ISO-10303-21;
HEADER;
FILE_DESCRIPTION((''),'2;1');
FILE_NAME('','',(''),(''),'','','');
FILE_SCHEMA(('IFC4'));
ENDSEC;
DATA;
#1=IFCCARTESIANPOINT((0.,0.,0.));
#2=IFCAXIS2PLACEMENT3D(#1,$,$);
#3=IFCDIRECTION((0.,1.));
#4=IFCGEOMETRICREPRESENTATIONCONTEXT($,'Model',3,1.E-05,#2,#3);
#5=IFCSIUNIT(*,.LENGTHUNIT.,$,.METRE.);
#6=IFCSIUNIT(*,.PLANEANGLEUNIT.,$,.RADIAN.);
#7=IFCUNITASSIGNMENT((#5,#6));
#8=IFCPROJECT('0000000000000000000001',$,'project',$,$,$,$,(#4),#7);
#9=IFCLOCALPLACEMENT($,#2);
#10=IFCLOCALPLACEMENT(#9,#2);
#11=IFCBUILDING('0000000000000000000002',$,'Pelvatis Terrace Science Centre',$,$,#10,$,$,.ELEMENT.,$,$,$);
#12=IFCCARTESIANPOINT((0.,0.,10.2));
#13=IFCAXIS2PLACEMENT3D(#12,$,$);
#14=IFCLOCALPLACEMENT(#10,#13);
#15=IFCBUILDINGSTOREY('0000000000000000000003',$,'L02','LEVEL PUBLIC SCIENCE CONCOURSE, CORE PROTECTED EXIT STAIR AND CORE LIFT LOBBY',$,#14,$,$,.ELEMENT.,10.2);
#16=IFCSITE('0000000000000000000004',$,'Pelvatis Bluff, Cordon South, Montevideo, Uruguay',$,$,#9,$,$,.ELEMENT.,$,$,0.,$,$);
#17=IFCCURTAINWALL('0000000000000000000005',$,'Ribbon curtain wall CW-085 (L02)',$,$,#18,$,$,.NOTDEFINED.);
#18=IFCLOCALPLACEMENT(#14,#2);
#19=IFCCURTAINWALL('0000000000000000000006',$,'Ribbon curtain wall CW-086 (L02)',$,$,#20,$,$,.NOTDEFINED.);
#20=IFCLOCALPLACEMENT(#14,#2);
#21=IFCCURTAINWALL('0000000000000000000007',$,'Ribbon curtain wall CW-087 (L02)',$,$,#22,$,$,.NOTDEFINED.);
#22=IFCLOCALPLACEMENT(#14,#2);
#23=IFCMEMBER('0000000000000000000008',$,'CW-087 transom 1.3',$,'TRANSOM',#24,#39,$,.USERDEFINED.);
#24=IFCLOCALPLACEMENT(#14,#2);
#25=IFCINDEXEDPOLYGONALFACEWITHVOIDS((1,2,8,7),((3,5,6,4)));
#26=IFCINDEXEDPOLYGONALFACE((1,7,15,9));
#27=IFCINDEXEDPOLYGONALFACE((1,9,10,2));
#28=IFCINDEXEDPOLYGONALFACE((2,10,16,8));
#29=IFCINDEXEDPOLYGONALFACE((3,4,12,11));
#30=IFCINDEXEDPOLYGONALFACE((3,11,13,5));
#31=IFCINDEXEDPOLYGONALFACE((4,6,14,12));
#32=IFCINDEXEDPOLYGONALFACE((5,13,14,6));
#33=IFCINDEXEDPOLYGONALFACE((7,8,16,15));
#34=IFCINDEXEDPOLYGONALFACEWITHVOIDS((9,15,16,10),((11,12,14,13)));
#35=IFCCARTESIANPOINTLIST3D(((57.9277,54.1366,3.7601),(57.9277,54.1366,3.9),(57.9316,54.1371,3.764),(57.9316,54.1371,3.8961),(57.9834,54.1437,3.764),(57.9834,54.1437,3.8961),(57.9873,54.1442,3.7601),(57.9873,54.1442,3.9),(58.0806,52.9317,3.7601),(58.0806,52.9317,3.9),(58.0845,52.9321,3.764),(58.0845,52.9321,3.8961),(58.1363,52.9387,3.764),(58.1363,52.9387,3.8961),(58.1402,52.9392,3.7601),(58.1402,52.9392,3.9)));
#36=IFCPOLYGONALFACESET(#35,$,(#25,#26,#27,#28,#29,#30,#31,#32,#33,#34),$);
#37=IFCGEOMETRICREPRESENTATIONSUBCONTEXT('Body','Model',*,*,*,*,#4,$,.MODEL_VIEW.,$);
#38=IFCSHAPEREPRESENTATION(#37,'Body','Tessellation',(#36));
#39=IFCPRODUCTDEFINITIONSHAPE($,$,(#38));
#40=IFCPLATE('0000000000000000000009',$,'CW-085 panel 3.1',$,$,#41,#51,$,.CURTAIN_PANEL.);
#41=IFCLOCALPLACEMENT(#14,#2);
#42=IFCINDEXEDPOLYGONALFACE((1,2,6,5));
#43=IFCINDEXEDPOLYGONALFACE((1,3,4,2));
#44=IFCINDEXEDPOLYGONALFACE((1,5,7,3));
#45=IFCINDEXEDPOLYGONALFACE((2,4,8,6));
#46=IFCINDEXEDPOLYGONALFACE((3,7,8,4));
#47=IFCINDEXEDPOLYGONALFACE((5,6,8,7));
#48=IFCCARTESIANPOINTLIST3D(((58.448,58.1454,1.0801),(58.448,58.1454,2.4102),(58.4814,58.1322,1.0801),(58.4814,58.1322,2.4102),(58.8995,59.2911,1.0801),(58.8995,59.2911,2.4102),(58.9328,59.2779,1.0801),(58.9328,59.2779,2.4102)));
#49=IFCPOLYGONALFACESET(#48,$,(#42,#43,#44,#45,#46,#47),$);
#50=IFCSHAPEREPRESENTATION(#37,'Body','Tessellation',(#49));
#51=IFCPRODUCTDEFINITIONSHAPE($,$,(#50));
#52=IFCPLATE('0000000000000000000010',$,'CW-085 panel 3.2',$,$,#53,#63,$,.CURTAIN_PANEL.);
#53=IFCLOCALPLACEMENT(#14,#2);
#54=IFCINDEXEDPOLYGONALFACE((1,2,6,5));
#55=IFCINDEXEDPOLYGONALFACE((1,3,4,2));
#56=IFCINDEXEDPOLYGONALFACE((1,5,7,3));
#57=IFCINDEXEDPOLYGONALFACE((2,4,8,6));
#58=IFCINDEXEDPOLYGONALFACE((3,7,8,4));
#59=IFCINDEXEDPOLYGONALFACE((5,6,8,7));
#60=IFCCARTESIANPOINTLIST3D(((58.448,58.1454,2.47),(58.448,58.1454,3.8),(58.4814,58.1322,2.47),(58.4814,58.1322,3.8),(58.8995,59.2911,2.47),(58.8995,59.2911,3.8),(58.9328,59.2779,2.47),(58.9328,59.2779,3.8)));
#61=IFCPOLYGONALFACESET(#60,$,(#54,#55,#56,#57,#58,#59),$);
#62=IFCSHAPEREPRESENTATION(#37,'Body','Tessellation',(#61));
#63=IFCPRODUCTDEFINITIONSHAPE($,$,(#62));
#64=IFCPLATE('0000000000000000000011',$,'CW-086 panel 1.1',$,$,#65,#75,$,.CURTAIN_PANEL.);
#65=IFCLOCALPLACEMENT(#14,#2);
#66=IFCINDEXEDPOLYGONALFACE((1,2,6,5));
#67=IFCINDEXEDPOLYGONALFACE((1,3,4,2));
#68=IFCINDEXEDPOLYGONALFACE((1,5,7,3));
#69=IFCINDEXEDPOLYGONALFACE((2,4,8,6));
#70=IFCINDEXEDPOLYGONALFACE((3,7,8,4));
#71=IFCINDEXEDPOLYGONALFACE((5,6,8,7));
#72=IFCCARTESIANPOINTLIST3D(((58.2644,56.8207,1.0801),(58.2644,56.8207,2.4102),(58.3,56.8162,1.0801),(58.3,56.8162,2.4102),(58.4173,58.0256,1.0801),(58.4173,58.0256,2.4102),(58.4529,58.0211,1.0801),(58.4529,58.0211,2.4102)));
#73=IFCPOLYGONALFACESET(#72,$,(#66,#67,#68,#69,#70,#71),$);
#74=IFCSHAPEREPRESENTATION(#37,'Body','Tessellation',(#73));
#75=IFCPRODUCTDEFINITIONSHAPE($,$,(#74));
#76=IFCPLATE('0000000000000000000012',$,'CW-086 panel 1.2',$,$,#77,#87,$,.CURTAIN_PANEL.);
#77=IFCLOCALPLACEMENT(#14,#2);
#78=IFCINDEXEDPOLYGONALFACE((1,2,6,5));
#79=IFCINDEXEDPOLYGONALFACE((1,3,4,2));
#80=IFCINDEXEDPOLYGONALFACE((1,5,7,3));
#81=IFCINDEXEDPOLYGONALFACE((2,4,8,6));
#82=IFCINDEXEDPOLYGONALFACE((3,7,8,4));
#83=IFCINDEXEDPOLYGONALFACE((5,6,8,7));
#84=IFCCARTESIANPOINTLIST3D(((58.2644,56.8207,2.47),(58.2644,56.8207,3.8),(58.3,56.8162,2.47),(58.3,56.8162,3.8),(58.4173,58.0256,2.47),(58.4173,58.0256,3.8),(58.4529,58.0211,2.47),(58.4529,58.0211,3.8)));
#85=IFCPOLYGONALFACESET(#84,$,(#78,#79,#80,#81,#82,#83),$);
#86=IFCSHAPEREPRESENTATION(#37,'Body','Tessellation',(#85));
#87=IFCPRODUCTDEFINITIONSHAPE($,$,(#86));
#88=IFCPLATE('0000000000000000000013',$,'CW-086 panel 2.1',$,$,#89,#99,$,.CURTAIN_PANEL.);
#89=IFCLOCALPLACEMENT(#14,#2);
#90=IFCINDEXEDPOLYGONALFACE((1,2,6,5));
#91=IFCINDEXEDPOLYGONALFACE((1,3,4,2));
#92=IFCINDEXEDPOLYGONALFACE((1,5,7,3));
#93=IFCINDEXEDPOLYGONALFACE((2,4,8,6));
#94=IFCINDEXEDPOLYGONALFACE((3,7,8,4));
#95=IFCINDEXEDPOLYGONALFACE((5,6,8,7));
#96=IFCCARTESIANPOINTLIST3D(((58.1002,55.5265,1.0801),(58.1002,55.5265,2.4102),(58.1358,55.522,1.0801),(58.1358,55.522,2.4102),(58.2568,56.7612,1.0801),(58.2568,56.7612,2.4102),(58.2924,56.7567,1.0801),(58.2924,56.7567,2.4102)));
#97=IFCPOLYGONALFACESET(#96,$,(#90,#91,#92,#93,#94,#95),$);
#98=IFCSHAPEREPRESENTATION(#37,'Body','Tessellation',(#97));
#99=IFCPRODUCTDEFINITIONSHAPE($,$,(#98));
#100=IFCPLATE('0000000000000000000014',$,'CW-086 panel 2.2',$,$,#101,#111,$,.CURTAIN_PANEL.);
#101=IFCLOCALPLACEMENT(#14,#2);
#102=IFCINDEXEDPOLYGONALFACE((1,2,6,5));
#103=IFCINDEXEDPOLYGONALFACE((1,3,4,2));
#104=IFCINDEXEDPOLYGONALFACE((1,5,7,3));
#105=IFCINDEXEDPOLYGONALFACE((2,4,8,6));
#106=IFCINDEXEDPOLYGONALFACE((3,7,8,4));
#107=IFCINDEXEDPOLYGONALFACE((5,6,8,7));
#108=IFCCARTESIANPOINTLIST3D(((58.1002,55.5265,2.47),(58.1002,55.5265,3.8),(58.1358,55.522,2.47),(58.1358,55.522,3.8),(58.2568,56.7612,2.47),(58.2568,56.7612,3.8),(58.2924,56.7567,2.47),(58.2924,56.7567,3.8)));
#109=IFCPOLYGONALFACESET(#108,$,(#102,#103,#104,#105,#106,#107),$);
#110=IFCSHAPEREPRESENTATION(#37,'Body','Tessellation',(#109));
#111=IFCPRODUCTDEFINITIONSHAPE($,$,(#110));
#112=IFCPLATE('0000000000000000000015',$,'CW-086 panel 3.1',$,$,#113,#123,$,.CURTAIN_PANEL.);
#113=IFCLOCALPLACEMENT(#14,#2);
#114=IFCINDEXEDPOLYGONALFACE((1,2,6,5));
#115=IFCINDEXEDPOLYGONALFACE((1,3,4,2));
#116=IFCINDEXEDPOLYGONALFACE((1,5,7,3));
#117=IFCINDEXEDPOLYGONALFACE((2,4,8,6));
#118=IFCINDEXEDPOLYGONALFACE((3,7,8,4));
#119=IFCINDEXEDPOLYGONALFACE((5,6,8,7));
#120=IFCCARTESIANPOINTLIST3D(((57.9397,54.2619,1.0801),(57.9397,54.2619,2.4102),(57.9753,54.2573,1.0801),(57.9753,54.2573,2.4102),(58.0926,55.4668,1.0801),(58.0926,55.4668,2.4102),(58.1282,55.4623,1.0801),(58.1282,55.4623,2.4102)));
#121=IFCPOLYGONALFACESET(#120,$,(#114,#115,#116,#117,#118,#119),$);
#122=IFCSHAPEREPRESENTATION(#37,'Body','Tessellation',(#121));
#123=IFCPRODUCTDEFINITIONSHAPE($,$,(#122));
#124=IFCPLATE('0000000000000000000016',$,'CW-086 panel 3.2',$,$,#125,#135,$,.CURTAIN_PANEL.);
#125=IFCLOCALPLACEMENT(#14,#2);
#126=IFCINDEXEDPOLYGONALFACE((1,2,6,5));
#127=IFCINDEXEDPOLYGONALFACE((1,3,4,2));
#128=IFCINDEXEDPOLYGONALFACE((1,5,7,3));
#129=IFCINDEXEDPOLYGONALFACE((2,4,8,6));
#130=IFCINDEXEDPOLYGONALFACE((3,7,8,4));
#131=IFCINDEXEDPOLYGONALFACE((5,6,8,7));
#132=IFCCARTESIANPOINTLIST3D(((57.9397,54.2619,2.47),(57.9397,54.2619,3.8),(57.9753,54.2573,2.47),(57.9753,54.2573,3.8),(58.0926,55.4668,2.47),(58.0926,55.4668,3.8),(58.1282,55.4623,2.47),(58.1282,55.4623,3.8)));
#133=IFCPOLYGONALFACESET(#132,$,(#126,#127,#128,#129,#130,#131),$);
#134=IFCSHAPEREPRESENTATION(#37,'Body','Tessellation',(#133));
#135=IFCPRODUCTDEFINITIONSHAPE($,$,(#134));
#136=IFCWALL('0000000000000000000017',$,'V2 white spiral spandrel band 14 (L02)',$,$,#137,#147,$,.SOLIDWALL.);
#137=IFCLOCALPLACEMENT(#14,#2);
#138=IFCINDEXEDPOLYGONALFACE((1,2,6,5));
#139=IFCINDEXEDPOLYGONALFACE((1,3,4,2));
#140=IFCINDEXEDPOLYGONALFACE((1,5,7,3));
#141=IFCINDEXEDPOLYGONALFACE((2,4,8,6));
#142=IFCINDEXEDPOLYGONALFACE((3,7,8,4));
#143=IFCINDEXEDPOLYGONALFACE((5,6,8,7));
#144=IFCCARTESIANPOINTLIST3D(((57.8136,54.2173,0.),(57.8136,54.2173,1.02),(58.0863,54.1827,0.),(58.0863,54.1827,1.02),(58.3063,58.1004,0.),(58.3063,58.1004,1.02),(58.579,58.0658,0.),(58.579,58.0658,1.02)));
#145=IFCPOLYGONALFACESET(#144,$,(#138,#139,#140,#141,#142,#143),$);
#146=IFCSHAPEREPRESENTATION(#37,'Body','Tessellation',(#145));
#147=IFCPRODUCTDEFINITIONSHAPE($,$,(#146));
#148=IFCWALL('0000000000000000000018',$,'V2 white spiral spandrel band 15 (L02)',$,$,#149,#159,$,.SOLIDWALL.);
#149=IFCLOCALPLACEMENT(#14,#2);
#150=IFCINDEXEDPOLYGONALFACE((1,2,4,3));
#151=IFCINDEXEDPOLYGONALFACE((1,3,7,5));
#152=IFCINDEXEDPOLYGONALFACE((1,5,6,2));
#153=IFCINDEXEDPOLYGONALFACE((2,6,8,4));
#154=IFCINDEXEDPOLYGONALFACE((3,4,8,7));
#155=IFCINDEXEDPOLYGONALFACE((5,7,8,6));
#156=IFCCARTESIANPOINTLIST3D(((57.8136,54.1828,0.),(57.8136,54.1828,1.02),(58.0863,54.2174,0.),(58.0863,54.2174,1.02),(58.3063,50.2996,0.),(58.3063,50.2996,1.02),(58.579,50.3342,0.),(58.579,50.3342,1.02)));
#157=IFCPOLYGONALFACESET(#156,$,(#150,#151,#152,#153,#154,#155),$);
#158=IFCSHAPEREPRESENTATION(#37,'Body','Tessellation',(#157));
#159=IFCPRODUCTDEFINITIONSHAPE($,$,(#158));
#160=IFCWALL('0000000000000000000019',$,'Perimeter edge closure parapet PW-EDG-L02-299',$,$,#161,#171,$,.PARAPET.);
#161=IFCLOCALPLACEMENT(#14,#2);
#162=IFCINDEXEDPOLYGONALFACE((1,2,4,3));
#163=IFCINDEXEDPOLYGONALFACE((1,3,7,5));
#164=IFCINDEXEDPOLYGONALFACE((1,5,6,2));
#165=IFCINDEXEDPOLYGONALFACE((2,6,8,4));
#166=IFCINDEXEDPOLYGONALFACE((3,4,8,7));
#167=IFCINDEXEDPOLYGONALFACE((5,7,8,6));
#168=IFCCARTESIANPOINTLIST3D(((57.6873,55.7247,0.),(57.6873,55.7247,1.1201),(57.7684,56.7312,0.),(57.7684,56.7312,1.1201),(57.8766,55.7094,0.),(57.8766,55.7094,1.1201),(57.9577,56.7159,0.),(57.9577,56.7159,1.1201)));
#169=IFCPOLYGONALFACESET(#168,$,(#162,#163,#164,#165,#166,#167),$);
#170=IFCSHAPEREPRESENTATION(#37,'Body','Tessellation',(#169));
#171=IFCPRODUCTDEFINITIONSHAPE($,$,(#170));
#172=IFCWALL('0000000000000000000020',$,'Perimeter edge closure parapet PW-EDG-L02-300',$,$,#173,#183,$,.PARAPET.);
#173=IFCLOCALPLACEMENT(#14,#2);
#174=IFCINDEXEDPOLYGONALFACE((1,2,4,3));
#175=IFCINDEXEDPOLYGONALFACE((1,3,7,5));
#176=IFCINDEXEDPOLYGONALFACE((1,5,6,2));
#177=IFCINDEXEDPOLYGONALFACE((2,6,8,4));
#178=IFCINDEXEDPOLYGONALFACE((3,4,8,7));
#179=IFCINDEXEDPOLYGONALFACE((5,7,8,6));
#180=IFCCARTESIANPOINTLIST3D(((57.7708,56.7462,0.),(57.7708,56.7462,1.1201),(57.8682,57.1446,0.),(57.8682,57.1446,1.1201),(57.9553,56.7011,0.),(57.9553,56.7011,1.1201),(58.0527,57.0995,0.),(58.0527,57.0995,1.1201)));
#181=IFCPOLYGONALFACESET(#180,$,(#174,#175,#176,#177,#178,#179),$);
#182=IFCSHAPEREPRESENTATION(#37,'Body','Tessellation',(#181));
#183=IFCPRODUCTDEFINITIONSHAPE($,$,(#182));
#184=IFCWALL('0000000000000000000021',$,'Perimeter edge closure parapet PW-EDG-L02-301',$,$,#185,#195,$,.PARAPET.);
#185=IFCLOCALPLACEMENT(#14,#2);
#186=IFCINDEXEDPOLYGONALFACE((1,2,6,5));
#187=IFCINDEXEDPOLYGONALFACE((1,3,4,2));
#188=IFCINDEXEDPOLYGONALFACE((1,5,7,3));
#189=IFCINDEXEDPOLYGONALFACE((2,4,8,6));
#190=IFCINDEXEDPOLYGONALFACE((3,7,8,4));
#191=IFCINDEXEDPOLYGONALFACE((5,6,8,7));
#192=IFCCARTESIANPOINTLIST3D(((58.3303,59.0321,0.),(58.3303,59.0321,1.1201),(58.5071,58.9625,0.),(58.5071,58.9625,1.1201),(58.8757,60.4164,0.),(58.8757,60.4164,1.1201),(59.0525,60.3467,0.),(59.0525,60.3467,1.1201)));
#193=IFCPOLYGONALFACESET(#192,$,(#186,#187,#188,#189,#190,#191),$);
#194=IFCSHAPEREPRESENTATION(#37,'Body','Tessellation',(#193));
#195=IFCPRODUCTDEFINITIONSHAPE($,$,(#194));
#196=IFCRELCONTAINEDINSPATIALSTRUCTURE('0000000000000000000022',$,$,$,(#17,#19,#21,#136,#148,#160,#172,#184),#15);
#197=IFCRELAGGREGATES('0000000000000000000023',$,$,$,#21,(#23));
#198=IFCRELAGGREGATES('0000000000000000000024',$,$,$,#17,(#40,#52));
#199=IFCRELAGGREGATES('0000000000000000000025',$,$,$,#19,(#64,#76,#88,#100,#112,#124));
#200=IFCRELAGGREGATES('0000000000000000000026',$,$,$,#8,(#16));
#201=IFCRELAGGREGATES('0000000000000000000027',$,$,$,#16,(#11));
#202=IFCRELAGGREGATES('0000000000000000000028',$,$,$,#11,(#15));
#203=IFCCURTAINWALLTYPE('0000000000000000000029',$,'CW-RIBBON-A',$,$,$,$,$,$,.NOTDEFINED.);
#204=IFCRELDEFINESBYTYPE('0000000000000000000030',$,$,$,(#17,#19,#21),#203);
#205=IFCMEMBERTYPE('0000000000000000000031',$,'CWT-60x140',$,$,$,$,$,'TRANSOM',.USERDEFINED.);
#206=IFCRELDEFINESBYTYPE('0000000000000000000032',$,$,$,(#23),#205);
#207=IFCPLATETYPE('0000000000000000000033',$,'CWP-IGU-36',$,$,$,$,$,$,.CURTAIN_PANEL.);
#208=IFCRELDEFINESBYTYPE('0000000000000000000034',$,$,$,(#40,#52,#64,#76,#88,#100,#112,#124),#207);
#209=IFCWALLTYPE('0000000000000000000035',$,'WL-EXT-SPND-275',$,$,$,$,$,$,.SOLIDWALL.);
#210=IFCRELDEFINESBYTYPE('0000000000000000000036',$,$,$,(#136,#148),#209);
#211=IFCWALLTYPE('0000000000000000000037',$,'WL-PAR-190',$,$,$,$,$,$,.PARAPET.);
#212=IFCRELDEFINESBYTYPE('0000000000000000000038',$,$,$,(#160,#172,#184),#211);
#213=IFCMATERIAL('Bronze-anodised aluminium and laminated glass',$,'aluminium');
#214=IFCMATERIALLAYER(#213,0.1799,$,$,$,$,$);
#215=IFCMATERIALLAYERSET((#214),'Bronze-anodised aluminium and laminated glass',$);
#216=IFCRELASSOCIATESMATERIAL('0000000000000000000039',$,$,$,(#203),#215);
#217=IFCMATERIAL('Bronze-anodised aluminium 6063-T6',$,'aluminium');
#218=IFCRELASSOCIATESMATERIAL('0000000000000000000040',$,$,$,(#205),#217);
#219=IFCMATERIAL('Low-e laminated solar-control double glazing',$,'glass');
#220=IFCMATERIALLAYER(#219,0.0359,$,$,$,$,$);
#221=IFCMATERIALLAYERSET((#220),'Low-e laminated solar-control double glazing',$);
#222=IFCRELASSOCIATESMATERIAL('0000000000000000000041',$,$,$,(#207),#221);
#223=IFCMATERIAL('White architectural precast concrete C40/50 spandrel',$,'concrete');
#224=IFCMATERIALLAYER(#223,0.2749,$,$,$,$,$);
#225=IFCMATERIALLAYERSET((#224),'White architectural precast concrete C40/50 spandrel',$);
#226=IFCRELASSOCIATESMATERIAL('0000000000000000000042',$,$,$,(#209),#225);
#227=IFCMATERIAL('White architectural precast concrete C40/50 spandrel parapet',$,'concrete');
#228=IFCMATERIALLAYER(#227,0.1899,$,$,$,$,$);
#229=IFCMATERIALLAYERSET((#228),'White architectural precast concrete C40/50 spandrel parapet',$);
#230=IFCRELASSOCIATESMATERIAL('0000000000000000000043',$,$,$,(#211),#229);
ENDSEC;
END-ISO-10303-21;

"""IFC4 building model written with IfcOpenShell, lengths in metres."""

from ifc_helpers import new_model, si_unit, direction, frame, frame_2d, origin, origin_2d, place, context, subcontext, project, spatial, rectangle, hollow_rectangle, extrude, material, layer, layer_set, material_profile, profile_set, type_object, element, aggregate, save


model = new_model("IFC4")

# Units and contexts
model_context = context("Model", 3, precision=1e-05, world=origin(), true_north=direction((0.0, 1.0)))
body_context = subcontext(model_context, "Body", "Model", "MODEL_VIEW")
ifc_project = project(units=[si_unit("LENGTHUNIT", "METRE"), si_unit("PLANEANGLEUNIT", "RADIAN")], contexts=[model_context])

# Site, building, storey
site_placement = place(None, origin())
site = spatial("IfcSite", under=ifc_project, at=site_placement, Name="Pelvatis Bluff, Cordon South, Montevideo, Uruguay", CompositionType="ELEMENT", RefElevation=0.0)
building_placement = place(site_placement, origin())
building = spatial("IfcBuilding", under=site, at=building_placement, Name="Pelvatis Terrace Science Centre", CompositionType="ELEMENT")
storey_placement = place(building_placement, frame((0.0, 0.0, 10.2)))
storey = spatial("IfcBuildingStorey", under=building, at=storey_placement, Name="L02", Description="LEVEL PUBLIC SCIENCE CONCOURSE, CORE PROTECTED EXIT STAIR AND CORE LIFT LOBBY", CompositionType="ELEMENT", Elevation=10.2)

# Curtain walls
ifc_material_1 = material(Name="Bronze-anodised aluminium and laminated glass", Category="aluminium")
ifc_layer_1 = layer(ifc_material_1, 0.1799)
ifc_layer_set_1 = layer_set([ifc_layer_1], Name="Bronze-anodised aluminium and laminated glass")
curtain_wall_type = type_object("IfcCurtainWallType", Name="CW-RIBBON-A", PredefinedType="NOTDEFINED", material=ifc_layer_set_1)
curtain_wall_1_placement = place(storey_placement, origin())
curtain_wall_1 = element("IfcCurtainWall", 1, at=curtain_wall_1_placement, inside=storey, type_object=curtain_wall_type, Name="Ribbon curtain wall CW-085 (L02)", PredefinedType="NOTDEFINED")
curtain_wall_2_placement = place(storey_placement, origin())
curtain_wall_2 = element("IfcCurtainWall", 2, at=curtain_wall_2_placement, inside=storey, type_object=curtain_wall_type, Name="Ribbon curtain wall CW-086 (L02)", PredefinedType="NOTDEFINED")

# Curtain wall
curtain_wall_3_placement = place(storey_placement, origin())
curtain_wall_3 = element("IfcCurtainWall", 3, at=curtain_wall_3_placement, inside=storey, type_object=curtain_wall_type, Name="Ribbon curtain wall CW-087 (L02)", PredefinedType="NOTDEFINED")

# Member
ifc_material_2 = material(Name="Bronze-anodised aluminium 6063-T6", Category="aluminium")
ifc_material_profile_1 = material_profile(ifc_material_2, hollow_rectangle(XDim=0.0601, YDim=0.1399, WallThickness=0.0039, at=origin_2d()), Name="ALU-TRN 60x140")
ifc_profile_set_1 = profile_set([ifc_material_profile_1], Name="Bronze-anodised aluminium 6063-T6")
member_type_1 = type_object("IfcMemberType", Name="CWT-60x140", ElementType="TRANSOM", PredefinedType="USERDEFINED", material=ifc_profile_set_1)
member_1_placement = place(storey_placement, frame((57.9575, 54.1404, 3.8301), z_axis=(0.125841, -0.99205, 0.0), x_axis=(0.99205, 0.125841, 0.0)))
member_1 = element("IfcMember", 4, at=member_1_placement, type_object=member_type_1, Name="CW-087 transom 1.3", ObjectType="TRANSOM", PredefinedType="USERDEFINED", context=body_context, shape_type="SweptSolid", body=[
    extrude(hollow_rectangle(XDim=0.0601, YDim=0.1399, WallThickness=0.0039, at=origin_2d()), origin(), (0.0, 0.0, 1.0), 1.2146),
])
aggregate(curtain_wall_3, [member_1])

# Plates
ifc_material_3 = material(Name="Low-e laminated solar-control double glazing", Category="glass")
ifc_layer_2 = layer(ifc_material_3, 0.0359)
ifc_layer_set_2 = layer_set([ifc_layer_2], Name="Low-e laminated solar-control double glazing")
plate_type = type_object("IfcPlateType", Name="CWP-IGU-36", PredefinedType="CURTAIN_PANEL", material=ifc_layer_set_2)
plate_1_placement = place(storey_placement, frame((58.6904, 58.7117, 1.0801), z_axis=(0.0, 0.0, 1.0), x_axis=(-0.366597, -0.93038, 0.0)))
plate_1 = element("IfcPlate", 5, at=plate_1_placement, type_object=plate_type, Name="CW-085 panel 3.1", PredefinedType="CURTAIN_PANEL", context=body_context, shape_type="SweptSolid", body=[
    extrude(rectangle(XDim=1.2314, YDim=0.0359, at=origin_2d()), origin(), (0.0, 0.0, 1.0), 1.3301),
])
plate_2_placement = place(storey_placement, frame((58.6904, 58.7117, 2.47), z_axis=(0.0, 0.0, 1.0), x_axis=(-0.366597, -0.93038, 0.0)))
plate_2 = element("IfcPlate", 6, at=plate_2_placement, type_object=plate_type, Name="CW-085 panel 3.2", PredefinedType="CURTAIN_PANEL", context=body_context, shape_type="SweptSolid", body=[
    extrude(rectangle(XDim=1.2314, YDim=0.0359, at=origin_2d()), origin(), (0.0, 0.0, 1.0), 1.3301),
])
aggregate(curtain_wall_1, [plate_1, plate_2])
plate_3_placement = place(storey_placement, frame((58.3586, 57.4209, 1.0801), z_axis=(0.0, 0.0, 1.0), x_axis=(-0.125877, -0.992046, 0.0)))
plate_3 = element("IfcPlate", 7, at=plate_3_placement, type_object=plate_type, Name="CW-086 panel 1.1", PredefinedType="CURTAIN_PANEL", context=body_context, shape_type="SweptSolid", body=[
    extrude(rectangle(XDim=1.2146, YDim=0.0359, at=origin_2d()), origin(), (0.0, 0.0, 1.0), 1.3301),
])
plate_4_placement = place(storey_placement, frame((58.3586, 57.4209, 2.47), z_axis=(0.0, 0.0, 1.0), x_axis=(-0.125877, -0.992046, 0.0)))
plate_4 = element("IfcPlate", 8, at=plate_4_placement, type_object=plate_type, Name="CW-086 panel 1.2", PredefinedType="CURTAIN_PANEL", context=body_context, shape_type="SweptSolid", body=[
    extrude(rectangle(XDim=1.2146, YDim=0.0359, at=origin_2d()), origin(), (0.0, 0.0, 1.0), 1.3301),
])
plate_5_placement = place(storey_placement, frame((58.1963, 56.1416, 1.0801), z_axis=(0.0, 0.0, 1.0), x_axis=(-0.125877, -0.992046, 0.0)))
plate_5 = element("IfcPlate", 9, at=plate_5_placement, type_object=plate_type, Name="CW-086 panel 2.1", PredefinedType="CURTAIN_PANEL", context=body_context, shape_type="SweptSolid", body=[
    extrude(rectangle(XDim=1.2446, YDim=0.0359, at=origin_2d()), origin(), (0.0, 0.0, 1.0), 1.3301),
])
plate_6_placement = place(storey_placement, frame((58.1963, 56.1416, 2.47), z_axis=(0.0, 0.0, 1.0), x_axis=(-0.125877, -0.992046, 0.0)))
plate_6 = element("IfcPlate", 10, at=plate_6_placement, type_object=plate_type, Name="CW-086 panel 2.2", PredefinedType="CURTAIN_PANEL", context=body_context, shape_type="SweptSolid", body=[
    extrude(rectangle(XDim=1.2446, YDim=0.0359, at=origin_2d()), origin(), (0.0, 0.0, 1.0), 1.3301),
])
plate_7_placement = place(storey_placement, frame((58.0339, 54.8621, 1.0801), z_axis=(0.0, 0.0, 1.0), x_axis=(-0.125877, -0.992046, 0.0)))
plate_7 = element("IfcPlate", 11, at=plate_7_placement, type_object=plate_type, Name="CW-086 panel 3.1", PredefinedType="CURTAIN_PANEL", context=body_context, shape_type="SweptSolid", body=[
    extrude(rectangle(XDim=1.2146, YDim=0.0359, at=origin_2d()), origin(), (0.0, 0.0, 1.0), 1.3301),
])
plate_8_placement = place(storey_placement, frame((58.0339, 54.8621, 2.47), z_axis=(0.0, 0.0, 1.0), x_axis=(-0.125877, -0.992046, 0.0)))
plate_8 = element("IfcPlate", 12, at=plate_8_placement, type_object=plate_type, Name="CW-086 panel 3.2", PredefinedType="CURTAIN_PANEL", context=body_context, shape_type="SweptSolid", body=[
    extrude(rectangle(XDim=1.2146, YDim=0.0359, at=origin_2d()), origin(), (0.0, 0.0, 1.0), 1.3301),
])
aggregate(curtain_wall_2, [plate_3, plate_4, plate_5, plate_6, plate_7, plate_8])

# Walls
ifc_material_4 = material(Name="White architectural precast concrete C40/50 spandrel", Category="concrete")
ifc_layer_3 = layer(ifc_material_4, 0.2749)
ifc_layer_set_3 = layer_set([ifc_layer_3], Name="White architectural precast concrete C40/50 spandrel")
wall_type_1 = type_object("IfcWallType", Name="WL-EXT-SPND-275", PredefinedType="SOLIDWALL", material=ifc_layer_set_3)
for number, where, z_axis, x_axis, name in (
    (13, (58.4426, 58.083, 0.0), (0.0, 0.0, 1.0), (-0.125869, -0.992047, 0.0), "V2 white spiral spandrel band 14 (L02)"),
    (14, (57.95, 54.2, 0.0), (0.0, 0.0, 1.0), (0.125869, -0.992047, 0.0), "V2 white spiral spandrel band 15 (L02)"),
):
    element("IfcWall", number, at=place(storey_placement, frame(where, z_axis=z_axis, x_axis=x_axis)), inside=storey, type_object=wall_type_1, Name=name, PredefinedType="SOLIDWALL", context=body_context, shape_type="SweptSolid", body=[
        extrude(rectangle(XDim=3.9143, YDim=0.2749, at=frame_2d((1.957, 0.0))), origin(), (0.0, 0.0, 1.0), 1.02),
    ])
ifc_material_5 = material(Name="White architectural precast concrete C40/50 spandrel parapet", Category="concrete")
ifc_layer_4 = layer(ifc_material_5, 0.1899)
ifc_layer_set_4 = layer_set([ifc_layer_4], Name="White architectural precast concrete C40/50 spandrel parapet")
wall_type_2 = type_object("IfcWallType", Name="WL-PAR-190", PredefinedType="PARAPET", material=ifc_layer_set_4)
wall_1_placement = place(storey_placement, frame((57.782, 55.717, 0.0), z_axis=(0.0, 0.0, 1.0), x_axis=(0.080264, 0.996774, 0.0)))
element("IfcWall", 15, at=wall_1_placement, inside=storey, type_object=wall_type_2, Name="Perimeter edge closure parapet PW-EDG-L02-299", PredefinedType="PARAPET", context=body_context, shape_type="SweptSolid", body=[
    extrude(rectangle(XDim=1.0098, YDim=0.1899, at=frame_2d((0.5049, 0.0))), origin(), (0.0, 0.0, 1.0), 1.1201),
])
wall_2_placement = place(storey_placement, frame((57.863, 56.7236, 0.0), z_axis=(0.0, 0.0, 1.0), x_axis=(0.237491, 0.97139, 0.0)))
element("IfcWall", 16, at=wall_2_placement, inside=storey, type_object=wall_type_2, Name="Perimeter edge closure parapet PW-EDG-L02-300", PredefinedType="PARAPET", context=body_context, shape_type="SweptSolid", body=[
    extrude(rectangle(XDim=0.4102, YDim=0.1899, at=frame_2d((0.2051, 0.0))), origin(), (0.0, 0.0, 1.0), 1.1201),
])
wall_3_placement = place(storey_placement, frame((58.4187, 58.9973, 0.0), z_axis=(0.0, 0.0, 1.0), x_axis=(0.366576, 0.930388, 0.0)))
element("IfcWall", 17, at=wall_3_placement, inside=storey, type_object=wall_type_2, Name="Perimeter edge closure parapet PW-EDG-L02-301", PredefinedType="PARAPET", context=body_context, shape_type="SweptSolid", body=[
    extrude(rectangle(XDim=1.4878, YDim=0.1899, at=frame_2d((0.7439, 0.0))), origin(), (0.0, 0.0, 1.0), 1.1201),
])

save(model, "model.ifc")
